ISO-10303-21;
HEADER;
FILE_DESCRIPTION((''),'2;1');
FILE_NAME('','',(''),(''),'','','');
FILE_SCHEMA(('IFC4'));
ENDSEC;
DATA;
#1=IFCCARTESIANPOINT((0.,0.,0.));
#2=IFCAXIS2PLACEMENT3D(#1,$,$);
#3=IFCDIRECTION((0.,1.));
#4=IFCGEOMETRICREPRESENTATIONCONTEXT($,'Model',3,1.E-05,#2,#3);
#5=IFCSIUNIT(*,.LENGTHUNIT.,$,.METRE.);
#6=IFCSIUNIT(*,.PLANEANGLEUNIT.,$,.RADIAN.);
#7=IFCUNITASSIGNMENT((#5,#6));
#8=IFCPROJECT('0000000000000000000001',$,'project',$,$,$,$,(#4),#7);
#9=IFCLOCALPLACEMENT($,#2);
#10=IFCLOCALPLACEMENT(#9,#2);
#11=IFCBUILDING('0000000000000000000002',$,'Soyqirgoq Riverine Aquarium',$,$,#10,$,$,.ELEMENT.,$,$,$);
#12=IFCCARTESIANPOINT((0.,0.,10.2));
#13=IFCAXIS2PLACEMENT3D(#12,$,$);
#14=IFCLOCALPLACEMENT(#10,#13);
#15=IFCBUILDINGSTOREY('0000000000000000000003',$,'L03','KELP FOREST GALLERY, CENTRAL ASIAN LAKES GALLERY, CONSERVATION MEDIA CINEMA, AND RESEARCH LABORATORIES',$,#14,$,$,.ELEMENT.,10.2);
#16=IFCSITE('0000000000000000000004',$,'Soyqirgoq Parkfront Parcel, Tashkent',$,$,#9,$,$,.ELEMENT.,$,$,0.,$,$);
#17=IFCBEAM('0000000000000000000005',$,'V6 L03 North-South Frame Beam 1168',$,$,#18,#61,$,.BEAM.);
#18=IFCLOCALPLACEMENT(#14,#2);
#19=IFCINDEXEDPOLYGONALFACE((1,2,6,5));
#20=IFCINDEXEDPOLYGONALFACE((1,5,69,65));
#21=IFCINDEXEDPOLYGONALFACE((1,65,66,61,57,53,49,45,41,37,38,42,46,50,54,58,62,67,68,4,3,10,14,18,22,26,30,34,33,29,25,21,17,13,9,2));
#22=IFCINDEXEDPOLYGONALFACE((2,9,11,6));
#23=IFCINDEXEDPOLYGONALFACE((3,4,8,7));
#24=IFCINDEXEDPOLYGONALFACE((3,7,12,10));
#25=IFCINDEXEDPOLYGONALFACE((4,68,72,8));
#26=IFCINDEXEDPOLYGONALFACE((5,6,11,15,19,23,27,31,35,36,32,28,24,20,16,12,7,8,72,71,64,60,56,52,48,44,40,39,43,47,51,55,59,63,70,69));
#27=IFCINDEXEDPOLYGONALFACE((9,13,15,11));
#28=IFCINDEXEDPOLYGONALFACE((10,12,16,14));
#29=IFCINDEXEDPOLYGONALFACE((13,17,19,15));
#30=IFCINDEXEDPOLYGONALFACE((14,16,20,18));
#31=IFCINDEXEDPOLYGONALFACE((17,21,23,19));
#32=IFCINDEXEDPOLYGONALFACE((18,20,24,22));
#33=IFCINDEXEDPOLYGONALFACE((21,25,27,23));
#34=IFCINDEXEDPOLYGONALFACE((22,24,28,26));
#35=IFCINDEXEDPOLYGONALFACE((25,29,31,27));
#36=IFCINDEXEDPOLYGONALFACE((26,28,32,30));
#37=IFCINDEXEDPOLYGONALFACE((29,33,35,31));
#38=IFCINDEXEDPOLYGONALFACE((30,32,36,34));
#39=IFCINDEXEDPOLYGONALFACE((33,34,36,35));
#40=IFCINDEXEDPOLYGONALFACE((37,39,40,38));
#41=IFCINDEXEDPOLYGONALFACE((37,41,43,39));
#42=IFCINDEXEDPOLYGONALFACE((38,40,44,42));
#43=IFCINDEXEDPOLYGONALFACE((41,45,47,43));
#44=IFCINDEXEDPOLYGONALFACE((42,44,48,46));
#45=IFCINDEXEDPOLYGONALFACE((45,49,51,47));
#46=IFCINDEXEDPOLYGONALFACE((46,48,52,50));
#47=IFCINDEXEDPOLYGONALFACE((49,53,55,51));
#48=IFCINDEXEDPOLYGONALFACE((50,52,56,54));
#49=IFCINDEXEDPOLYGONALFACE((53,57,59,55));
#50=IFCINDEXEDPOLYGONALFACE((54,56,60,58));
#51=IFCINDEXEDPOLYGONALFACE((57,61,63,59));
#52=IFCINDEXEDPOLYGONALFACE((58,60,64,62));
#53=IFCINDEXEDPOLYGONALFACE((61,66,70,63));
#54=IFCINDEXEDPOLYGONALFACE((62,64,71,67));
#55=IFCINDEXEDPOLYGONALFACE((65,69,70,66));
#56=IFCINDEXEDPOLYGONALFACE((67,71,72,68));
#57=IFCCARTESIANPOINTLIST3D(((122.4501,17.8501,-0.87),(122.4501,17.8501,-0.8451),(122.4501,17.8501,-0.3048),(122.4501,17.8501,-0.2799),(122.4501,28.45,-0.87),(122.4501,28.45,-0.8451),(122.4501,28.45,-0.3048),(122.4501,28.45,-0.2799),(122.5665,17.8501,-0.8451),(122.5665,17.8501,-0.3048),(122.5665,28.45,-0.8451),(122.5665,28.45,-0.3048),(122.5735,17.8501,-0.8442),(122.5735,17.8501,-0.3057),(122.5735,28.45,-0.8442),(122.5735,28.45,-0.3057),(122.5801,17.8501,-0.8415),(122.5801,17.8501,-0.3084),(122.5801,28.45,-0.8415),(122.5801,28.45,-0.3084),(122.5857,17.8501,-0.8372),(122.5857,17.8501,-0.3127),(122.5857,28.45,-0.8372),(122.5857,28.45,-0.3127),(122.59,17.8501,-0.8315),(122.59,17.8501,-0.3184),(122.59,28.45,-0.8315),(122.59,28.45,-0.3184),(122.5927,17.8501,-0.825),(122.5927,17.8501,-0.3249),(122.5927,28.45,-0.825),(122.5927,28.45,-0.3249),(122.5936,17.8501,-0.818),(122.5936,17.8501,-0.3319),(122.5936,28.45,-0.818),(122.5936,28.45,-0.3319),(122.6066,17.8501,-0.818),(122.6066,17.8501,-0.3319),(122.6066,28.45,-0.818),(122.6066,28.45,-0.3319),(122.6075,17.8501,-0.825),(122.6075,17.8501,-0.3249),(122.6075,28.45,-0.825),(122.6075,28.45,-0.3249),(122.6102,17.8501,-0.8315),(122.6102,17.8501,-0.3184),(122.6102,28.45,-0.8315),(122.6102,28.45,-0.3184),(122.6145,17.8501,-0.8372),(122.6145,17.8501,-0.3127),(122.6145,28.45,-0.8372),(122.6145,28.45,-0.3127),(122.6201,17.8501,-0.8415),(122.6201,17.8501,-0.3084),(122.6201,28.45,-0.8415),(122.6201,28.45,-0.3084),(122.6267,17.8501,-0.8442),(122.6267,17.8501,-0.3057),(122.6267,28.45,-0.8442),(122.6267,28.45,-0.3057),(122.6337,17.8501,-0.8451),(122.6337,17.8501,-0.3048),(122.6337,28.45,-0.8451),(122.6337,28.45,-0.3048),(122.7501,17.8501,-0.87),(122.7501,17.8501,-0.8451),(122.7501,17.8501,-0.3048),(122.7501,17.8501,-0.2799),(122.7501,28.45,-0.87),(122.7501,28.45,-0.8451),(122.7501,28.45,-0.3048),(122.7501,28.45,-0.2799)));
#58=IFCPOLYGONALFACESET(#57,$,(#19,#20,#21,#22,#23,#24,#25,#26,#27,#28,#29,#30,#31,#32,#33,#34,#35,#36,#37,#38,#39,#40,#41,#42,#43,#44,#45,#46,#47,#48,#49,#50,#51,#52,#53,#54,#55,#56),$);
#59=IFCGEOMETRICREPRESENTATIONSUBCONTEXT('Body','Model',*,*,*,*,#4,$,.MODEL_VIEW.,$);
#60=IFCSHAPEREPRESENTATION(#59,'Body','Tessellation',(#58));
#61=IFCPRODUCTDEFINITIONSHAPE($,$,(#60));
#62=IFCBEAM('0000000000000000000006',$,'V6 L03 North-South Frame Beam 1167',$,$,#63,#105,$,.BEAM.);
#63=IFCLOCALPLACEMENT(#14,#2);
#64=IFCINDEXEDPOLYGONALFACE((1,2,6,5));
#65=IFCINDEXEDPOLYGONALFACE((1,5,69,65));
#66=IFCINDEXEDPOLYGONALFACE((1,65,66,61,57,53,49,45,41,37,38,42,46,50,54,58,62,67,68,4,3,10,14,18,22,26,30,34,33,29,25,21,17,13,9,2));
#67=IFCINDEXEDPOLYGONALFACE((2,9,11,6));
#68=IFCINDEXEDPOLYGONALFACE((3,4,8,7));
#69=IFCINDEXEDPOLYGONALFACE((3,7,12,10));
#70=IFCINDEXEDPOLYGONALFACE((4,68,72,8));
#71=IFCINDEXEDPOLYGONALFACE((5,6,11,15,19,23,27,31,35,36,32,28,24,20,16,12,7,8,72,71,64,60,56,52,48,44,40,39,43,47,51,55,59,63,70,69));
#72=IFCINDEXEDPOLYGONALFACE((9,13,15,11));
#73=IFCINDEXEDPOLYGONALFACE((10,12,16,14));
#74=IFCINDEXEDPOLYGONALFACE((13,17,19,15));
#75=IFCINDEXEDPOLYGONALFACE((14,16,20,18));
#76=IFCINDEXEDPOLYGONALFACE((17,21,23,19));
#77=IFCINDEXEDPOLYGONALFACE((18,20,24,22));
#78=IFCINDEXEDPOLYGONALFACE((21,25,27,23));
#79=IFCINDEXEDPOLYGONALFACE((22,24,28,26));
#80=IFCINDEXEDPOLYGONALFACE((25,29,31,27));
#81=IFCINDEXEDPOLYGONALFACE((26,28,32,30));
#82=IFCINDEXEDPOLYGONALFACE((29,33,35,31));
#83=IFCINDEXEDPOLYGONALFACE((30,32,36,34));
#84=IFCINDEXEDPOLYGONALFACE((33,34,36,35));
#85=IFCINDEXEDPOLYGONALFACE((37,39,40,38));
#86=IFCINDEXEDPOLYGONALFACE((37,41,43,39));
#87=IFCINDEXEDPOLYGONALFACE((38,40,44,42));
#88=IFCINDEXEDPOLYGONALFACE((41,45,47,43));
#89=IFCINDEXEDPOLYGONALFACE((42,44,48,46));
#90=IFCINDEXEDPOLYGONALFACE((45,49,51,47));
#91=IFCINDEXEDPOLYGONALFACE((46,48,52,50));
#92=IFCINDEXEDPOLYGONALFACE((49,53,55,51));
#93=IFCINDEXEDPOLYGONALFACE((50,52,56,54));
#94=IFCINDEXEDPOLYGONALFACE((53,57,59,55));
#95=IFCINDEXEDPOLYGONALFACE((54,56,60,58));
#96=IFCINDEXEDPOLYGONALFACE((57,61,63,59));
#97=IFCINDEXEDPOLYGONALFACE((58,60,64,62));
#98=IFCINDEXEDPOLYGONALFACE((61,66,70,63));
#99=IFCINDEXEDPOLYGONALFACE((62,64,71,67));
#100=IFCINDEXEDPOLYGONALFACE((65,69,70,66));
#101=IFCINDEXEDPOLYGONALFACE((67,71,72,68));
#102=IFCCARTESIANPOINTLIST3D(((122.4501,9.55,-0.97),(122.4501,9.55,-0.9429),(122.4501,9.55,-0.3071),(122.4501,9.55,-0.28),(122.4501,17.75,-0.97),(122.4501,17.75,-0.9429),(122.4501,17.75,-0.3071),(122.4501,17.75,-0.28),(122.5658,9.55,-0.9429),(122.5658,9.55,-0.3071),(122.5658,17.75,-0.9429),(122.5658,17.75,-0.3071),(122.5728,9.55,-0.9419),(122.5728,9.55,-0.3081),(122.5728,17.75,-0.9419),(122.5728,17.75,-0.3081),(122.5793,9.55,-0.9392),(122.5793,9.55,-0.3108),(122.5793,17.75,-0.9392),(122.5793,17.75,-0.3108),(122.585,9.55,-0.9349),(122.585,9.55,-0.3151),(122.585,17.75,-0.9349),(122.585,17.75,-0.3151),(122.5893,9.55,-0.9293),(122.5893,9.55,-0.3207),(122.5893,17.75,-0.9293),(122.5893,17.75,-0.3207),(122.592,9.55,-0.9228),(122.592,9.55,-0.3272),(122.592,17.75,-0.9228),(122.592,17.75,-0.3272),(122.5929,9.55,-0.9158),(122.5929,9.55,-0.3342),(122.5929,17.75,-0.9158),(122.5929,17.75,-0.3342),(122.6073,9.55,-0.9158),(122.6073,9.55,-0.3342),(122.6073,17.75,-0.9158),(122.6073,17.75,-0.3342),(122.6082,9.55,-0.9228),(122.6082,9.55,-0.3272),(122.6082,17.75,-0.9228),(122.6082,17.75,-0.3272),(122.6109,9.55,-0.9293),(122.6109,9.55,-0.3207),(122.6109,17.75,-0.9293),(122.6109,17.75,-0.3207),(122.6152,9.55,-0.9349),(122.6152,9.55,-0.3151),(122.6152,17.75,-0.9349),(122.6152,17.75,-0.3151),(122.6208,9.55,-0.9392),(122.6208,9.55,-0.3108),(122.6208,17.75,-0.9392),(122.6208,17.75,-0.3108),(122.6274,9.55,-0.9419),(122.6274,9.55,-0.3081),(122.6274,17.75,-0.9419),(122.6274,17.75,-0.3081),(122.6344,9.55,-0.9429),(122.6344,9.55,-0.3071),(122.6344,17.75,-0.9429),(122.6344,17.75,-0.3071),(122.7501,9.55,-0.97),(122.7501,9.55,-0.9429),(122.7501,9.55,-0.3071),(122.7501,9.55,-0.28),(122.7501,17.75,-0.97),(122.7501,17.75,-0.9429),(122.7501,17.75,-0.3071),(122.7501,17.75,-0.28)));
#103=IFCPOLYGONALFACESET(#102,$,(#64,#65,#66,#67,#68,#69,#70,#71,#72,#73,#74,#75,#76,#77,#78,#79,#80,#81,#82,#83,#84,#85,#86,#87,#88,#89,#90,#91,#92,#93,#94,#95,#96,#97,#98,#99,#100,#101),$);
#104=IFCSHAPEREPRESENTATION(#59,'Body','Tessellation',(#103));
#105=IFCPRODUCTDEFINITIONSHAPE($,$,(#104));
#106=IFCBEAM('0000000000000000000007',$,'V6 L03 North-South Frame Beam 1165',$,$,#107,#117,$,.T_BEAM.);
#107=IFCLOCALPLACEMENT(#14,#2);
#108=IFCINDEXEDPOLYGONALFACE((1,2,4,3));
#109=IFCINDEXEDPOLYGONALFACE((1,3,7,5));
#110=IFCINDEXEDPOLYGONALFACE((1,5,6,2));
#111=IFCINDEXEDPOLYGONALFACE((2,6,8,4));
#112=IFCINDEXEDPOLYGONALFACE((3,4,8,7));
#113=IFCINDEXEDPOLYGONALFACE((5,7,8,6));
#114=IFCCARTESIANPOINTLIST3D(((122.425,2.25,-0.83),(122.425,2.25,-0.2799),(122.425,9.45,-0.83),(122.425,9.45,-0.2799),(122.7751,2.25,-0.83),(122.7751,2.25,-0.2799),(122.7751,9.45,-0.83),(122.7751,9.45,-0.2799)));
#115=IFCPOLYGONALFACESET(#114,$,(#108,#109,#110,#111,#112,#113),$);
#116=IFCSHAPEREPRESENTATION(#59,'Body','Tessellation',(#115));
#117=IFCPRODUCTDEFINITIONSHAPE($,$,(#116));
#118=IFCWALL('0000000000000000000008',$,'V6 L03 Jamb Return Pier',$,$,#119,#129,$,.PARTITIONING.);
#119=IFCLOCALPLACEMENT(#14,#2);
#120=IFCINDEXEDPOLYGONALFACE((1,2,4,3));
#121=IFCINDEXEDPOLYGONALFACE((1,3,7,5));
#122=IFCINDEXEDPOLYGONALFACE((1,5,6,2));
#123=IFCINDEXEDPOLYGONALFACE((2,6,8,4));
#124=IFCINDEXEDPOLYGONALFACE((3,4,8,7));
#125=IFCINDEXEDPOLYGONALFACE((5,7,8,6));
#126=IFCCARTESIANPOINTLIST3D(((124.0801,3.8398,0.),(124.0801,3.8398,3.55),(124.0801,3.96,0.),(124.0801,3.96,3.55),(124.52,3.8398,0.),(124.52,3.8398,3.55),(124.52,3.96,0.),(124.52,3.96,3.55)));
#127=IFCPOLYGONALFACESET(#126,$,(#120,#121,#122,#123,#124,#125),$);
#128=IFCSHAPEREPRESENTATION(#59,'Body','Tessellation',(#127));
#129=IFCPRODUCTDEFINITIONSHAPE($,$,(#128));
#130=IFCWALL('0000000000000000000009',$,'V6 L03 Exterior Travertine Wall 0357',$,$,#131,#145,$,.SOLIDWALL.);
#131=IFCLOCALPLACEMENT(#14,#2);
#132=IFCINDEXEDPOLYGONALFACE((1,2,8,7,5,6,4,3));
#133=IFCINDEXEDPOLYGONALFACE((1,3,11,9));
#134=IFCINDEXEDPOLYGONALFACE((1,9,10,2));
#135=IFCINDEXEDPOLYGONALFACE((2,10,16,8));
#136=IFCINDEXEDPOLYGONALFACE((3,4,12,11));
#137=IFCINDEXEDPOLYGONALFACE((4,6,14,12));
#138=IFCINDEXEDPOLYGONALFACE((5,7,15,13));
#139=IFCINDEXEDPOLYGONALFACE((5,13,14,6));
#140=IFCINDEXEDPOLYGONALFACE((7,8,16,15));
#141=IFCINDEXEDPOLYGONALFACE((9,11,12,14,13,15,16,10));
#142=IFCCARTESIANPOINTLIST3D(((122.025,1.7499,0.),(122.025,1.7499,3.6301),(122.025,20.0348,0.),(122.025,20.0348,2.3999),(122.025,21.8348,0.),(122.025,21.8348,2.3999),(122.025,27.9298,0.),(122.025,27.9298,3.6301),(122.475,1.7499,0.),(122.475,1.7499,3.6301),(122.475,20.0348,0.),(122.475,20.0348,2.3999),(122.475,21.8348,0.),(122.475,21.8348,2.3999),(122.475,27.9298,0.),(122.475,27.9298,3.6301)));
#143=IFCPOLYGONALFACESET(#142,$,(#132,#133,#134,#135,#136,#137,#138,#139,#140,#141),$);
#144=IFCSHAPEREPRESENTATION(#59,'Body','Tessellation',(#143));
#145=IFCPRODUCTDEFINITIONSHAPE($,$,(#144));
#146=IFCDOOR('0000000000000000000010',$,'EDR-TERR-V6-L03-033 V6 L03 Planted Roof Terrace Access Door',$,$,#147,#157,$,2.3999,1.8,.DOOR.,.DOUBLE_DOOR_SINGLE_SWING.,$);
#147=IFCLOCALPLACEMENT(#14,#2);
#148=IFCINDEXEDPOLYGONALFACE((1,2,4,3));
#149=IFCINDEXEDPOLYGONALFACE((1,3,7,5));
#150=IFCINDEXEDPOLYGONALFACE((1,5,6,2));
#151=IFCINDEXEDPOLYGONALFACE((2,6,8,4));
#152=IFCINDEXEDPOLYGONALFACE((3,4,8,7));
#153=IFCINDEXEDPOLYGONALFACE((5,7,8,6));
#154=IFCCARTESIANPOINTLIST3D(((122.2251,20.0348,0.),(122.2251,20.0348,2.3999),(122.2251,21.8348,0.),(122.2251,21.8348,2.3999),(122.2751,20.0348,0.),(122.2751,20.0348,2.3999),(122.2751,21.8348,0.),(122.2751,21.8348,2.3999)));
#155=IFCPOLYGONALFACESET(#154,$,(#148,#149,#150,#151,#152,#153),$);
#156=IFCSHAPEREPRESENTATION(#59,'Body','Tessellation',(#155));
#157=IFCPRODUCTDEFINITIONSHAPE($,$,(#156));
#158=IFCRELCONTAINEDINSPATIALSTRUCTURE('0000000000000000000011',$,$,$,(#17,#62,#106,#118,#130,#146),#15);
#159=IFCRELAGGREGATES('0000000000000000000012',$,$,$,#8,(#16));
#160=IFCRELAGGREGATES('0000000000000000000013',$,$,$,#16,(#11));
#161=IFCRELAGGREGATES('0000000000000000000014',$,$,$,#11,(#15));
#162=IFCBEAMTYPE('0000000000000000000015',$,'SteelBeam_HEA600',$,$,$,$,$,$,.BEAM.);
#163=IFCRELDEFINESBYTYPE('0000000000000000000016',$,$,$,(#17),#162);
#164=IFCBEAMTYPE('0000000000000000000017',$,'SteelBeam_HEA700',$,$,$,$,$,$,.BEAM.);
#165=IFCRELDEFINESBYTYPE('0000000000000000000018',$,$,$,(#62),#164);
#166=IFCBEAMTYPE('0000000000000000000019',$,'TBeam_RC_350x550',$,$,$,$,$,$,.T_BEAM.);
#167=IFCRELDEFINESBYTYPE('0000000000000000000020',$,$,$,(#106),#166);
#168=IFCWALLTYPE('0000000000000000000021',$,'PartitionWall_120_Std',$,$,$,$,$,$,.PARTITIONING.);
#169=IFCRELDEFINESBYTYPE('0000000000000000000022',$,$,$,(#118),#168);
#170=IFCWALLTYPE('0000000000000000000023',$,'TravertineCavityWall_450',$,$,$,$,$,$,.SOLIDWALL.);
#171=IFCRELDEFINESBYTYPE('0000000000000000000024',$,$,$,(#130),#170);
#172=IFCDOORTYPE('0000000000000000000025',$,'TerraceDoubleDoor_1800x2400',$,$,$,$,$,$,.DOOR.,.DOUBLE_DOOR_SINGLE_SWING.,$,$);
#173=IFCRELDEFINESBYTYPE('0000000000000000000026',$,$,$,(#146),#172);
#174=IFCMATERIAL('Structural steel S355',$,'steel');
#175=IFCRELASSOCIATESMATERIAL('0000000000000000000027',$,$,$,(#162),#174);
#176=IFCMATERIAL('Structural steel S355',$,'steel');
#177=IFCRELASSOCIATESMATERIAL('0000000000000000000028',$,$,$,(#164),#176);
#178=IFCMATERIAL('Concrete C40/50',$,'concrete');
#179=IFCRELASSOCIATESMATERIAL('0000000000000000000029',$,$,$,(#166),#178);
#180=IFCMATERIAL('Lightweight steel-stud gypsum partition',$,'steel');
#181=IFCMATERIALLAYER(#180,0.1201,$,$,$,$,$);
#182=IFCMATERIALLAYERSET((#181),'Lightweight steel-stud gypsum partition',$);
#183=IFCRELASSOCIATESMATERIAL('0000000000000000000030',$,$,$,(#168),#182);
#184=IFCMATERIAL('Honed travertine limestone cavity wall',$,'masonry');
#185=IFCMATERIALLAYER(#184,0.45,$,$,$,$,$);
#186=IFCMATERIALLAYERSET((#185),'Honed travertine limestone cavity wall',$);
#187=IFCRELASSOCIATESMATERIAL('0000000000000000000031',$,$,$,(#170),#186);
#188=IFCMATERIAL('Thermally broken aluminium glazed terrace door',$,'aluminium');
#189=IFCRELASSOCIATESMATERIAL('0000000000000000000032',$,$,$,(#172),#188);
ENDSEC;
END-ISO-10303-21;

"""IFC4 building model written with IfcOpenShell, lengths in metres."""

from ifc_helpers import new_model, si_unit, direction, frame, frame_2d, origin, origin_2d, place, context, subcontext, project, spatial, rectangle, i_section, extrude, material, layer, layer_set, material_profile, profile_set, type_object, element, fill, save


model = new_model("IFC4")

# Units and contexts
model_context = context("Model", 3, precision=1e-05, world=origin(), true_north=direction((0.0, 1.0)))
body_context = subcontext(model_context, "Body", "Model", "MODEL_VIEW")
ifc_project = project(units=[si_unit("LENGTHUNIT", "METRE"), si_unit("PLANEANGLEUNIT", "RADIAN")], contexts=[model_context])

# Site, building, storey
site_placement = place(None, origin())
site = spatial("IfcSite", under=ifc_project, at=site_placement, Name="Soyqirgoq Parkfront Parcel, Tashkent", CompositionType="ELEMENT", RefElevation=0.0)
building_placement = place(site_placement, origin())
building = spatial("IfcBuilding", under=site, at=building_placement, Name="Soyqirgoq Riverine Aquarium", CompositionType="ELEMENT")
storey_placement = place(building_placement, frame((0.0, 0.0, 10.2)))
storey = spatial("IfcBuildingStorey", under=building, at=storey_placement, Name="L03", Description="KELP FOREST GALLERY, CENTRAL ASIAN LAKES GALLERY, CONSERVATION MEDIA CINEMA, AND RESEARCH LABORATORIES", CompositionType="ELEMENT", Elevation=10.2)

# Beams
ifc_material_1 = material(Name="Structural steel S355", Category="steel")
ifc_material_profile_1 = material_profile(ifc_material_1, i_section(OverallWidth=0.3, OverallDepth=0.5901, WebThickness=0.0129, FlangeThickness=0.0249, FilletRadius=0.0271, at=origin_2d()), Name="HEA 600")
ifc_profile_set_1 = profile_set([ifc_material_profile_1], Name="Structural steel S355")
beam_type_1 = type_object("IfcBeamType", Name="SteelBeam_HEA600", PredefinedType="BEAM", material=ifc_profile_set_1)
beam_1_placement = place(storey_placement, frame((122.6001, 17.8501, -0.575), z_axis=(0.0, 1.0, 0.0), x_axis=(-1.0, 0.0, 0.0)))
element("IfcBeam", 1, at=beam_1_placement, inside=storey, type_object=beam_type_1, Name="V6 L03 North-South Frame Beam 1168", PredefinedType="BEAM", context=body_context, shape_type="SweptSolid", body=[
    extrude(i_section(OverallWidth=0.3, OverallDepth=0.5901, WebThickness=0.0129, FlangeThickness=0.0249, FilletRadius=0.0271, at=origin_2d()), origin(), (0.0, 0.0, 1.0), 10.5999),
])
ifc_material_2 = material(Name="Structural steel S355", Category="steel")
ifc_material_profile_2 = material_profile(ifc_material_2, i_section(OverallWidth=0.3, OverallDepth=0.6899, WebThickness=0.0144, FlangeThickness=0.0271, FilletRadius=0.0271, at=origin_2d()), Name="HEA 700")
ifc_profile_set_2 = profile_set([ifc_material_profile_2], Name="Structural steel S355")
beam_type_2 = type_object("IfcBeamType", Name="SteelBeam_HEA700", PredefinedType="BEAM", material=ifc_profile_set_2)
beam_2_placement = place(storey_placement, frame((122.6001, 9.55, -0.625), z_axis=(0.0, 1.0, 0.0), x_axis=(-1.0, 0.0, 0.0)))
element("IfcBeam", 2, at=beam_2_placement, inside=storey, type_object=beam_type_2, Name="V6 L03 North-South Frame Beam 1167", PredefinedType="BEAM", context=body_context, shape_type="SweptSolid", body=[
    extrude(i_section(OverallWidth=0.3, OverallDepth=0.6899, WebThickness=0.0144, FlangeThickness=0.0271, FilletRadius=0.0271, at=origin_2d()), origin(), (0.0, 0.0, 1.0), 8.2),
])
ifc_material_3 = material(Name="Concrete C40/50", Category="concrete")
ifc_material_profile_3 = material_profile(ifc_material_3, rectangle(XDim=0.3501, YDim=0.55, at=origin_2d()), Name="RC 350x550")
ifc_profile_set_3 = profile_set([ifc_material_profile_3], Name="Concrete C40/50")
beam_type_3 = type_object("IfcBeamType", Name="TBeam_RC_350x550", PredefinedType="T_BEAM", material=ifc_profile_set_3)
beam_3_placement = place(storey_placement, frame((122.6001, 2.25, -0.5549), z_axis=(0.0, 1.0, 0.0), x_axis=(-1.0, 0.0, 0.0)))
element("IfcBeam", 3, at=beam_3_placement, inside=storey, type_object=beam_type_3, Name="V6 L03 North-South Frame Beam 1165", PredefinedType="T_BEAM", context=body_context, shape_type="SweptSolid", body=[
    extrude(rectangle(XDim=0.3501, YDim=0.55, at=origin_2d()), origin(), (0.0, 0.0, 1.0), 7.2),
])

# Wall
ifc_material_4 = material(Name="Lightweight steel-stud gypsum partition", Category="steel")
ifc_layer_1 = layer(ifc_material_4, 0.1201)
ifc_layer_set_1 = layer_set([ifc_layer_1], Name="Lightweight steel-stud gypsum partition")
wall_type_1 = type_object("IfcWallType", Name="PartitionWall_120_Std", PredefinedType="PARTITIONING", material=ifc_layer_set_1)
wall_1_placement = place(storey_placement, frame((124.0801, 3.8999, 0.0), z_axis=(0.0, 0.0, 1.0), x_axis=(1.0, 0.0, 0.0)))
element("IfcWall", 4, at=wall_1_placement, inside=storey, type_object=wall_type_1, Name="V6 L03 Jamb Return Pier", PredefinedType="PARTITIONING", context=body_context, shape_type="SweptSolid", body=[
    extrude(rectangle(XDim=0.4399, YDim=0.1201, at=frame_2d((0.22, 0.0))), origin(), (0.0, 0.0, 1.0), 3.55),
])

# Wall, opening, door
ifc_material_5 = material(Name="Honed travertine limestone cavity wall", Category="masonry")
ifc_layer_2 = layer(ifc_material_5, 0.45)
ifc_layer_set_2 = layer_set([ifc_layer_2], Name="Honed travertine limestone cavity wall")
wall_type_2 = type_object("IfcWallType", Name="TravertineCavityWall_450", PredefinedType="SOLIDWALL", material=ifc_layer_set_2)
wall_2_placement = place(storey_placement, frame((122.25, 1.75, 0.0), z_axis=(0.0, 0.0, 1.0), x_axis=(0.0, 1.0, 0.0)))
wall_2 = element("IfcWall", 5, at=wall_2_placement, inside=storey, type_object=wall_type_2, Name="V6 L03 Exterior Travertine Wall 0357", PredefinedType="SOLIDWALL", context=body_context, shape_type="SweptSolid", body=[
    extrude(rectangle(XDim=26.1799, YDim=0.45, at=frame_2d((13.0898, 0.0))), origin(), (0.0, 0.0, 1.0), 3.6301),
])
opening_placement = place(wall_2_placement, frame((18.2849, 0.0, 0.0)))
opening = element("IfcOpeningElement", 6, at=opening_placement, cuts=wall_2, PredefinedType="OPENING", context=body_context, shape_type="SweptSolid", body=[
    extrude(rectangle(XDim=1.8, YDim=2.3999, at=frame_2d((0.8999, 1.2))), frame((0.0, 0.2349, 0.0), z_axis=(0.0, -1.0, 0.0), x_axis=(1.0, 0.0, 0.0)), (0.0, 0.0, 1.0), 0.47),
])
ifc_material_6 = material(Name="Thermally broken aluminium glazed terrace door", Category="aluminium")
door_type = type_object("IfcDoorType", Name="TerraceDoubleDoor_1800x2400", OperationType="DOUBLE_DOOR_SINGLE_SWING", PredefinedType="DOOR", material=ifc_material_6)
door_placement = place(opening_placement, origin())
door = element("IfcDoor", 7, at=door_placement, inside=storey, type_object=door_type, Name="EDR-TERR-V6-L03-033 V6 L03 Planted Roof Terrace Access Door", OperationType="DOUBLE_DOOR_SINGLE_SWING", OverallHeight=2.3999, OverallWidth=1.8, PredefinedType="DOOR", context=body_context, shape_type="SweptSolid", body=[
    extrude(rectangle(XDim=1.8, YDim=2.3999, at=frame_2d((0.8999, 1.2))), frame((0.0, 0.0249, 0.0), z_axis=(0.0, -1.0, 0.0), x_axis=(1.0, 0.0, 0.0)), (0.0, 0.0, 1.0), 0.05),
])
fill(opening, door)

save(model, "model.ifc")
